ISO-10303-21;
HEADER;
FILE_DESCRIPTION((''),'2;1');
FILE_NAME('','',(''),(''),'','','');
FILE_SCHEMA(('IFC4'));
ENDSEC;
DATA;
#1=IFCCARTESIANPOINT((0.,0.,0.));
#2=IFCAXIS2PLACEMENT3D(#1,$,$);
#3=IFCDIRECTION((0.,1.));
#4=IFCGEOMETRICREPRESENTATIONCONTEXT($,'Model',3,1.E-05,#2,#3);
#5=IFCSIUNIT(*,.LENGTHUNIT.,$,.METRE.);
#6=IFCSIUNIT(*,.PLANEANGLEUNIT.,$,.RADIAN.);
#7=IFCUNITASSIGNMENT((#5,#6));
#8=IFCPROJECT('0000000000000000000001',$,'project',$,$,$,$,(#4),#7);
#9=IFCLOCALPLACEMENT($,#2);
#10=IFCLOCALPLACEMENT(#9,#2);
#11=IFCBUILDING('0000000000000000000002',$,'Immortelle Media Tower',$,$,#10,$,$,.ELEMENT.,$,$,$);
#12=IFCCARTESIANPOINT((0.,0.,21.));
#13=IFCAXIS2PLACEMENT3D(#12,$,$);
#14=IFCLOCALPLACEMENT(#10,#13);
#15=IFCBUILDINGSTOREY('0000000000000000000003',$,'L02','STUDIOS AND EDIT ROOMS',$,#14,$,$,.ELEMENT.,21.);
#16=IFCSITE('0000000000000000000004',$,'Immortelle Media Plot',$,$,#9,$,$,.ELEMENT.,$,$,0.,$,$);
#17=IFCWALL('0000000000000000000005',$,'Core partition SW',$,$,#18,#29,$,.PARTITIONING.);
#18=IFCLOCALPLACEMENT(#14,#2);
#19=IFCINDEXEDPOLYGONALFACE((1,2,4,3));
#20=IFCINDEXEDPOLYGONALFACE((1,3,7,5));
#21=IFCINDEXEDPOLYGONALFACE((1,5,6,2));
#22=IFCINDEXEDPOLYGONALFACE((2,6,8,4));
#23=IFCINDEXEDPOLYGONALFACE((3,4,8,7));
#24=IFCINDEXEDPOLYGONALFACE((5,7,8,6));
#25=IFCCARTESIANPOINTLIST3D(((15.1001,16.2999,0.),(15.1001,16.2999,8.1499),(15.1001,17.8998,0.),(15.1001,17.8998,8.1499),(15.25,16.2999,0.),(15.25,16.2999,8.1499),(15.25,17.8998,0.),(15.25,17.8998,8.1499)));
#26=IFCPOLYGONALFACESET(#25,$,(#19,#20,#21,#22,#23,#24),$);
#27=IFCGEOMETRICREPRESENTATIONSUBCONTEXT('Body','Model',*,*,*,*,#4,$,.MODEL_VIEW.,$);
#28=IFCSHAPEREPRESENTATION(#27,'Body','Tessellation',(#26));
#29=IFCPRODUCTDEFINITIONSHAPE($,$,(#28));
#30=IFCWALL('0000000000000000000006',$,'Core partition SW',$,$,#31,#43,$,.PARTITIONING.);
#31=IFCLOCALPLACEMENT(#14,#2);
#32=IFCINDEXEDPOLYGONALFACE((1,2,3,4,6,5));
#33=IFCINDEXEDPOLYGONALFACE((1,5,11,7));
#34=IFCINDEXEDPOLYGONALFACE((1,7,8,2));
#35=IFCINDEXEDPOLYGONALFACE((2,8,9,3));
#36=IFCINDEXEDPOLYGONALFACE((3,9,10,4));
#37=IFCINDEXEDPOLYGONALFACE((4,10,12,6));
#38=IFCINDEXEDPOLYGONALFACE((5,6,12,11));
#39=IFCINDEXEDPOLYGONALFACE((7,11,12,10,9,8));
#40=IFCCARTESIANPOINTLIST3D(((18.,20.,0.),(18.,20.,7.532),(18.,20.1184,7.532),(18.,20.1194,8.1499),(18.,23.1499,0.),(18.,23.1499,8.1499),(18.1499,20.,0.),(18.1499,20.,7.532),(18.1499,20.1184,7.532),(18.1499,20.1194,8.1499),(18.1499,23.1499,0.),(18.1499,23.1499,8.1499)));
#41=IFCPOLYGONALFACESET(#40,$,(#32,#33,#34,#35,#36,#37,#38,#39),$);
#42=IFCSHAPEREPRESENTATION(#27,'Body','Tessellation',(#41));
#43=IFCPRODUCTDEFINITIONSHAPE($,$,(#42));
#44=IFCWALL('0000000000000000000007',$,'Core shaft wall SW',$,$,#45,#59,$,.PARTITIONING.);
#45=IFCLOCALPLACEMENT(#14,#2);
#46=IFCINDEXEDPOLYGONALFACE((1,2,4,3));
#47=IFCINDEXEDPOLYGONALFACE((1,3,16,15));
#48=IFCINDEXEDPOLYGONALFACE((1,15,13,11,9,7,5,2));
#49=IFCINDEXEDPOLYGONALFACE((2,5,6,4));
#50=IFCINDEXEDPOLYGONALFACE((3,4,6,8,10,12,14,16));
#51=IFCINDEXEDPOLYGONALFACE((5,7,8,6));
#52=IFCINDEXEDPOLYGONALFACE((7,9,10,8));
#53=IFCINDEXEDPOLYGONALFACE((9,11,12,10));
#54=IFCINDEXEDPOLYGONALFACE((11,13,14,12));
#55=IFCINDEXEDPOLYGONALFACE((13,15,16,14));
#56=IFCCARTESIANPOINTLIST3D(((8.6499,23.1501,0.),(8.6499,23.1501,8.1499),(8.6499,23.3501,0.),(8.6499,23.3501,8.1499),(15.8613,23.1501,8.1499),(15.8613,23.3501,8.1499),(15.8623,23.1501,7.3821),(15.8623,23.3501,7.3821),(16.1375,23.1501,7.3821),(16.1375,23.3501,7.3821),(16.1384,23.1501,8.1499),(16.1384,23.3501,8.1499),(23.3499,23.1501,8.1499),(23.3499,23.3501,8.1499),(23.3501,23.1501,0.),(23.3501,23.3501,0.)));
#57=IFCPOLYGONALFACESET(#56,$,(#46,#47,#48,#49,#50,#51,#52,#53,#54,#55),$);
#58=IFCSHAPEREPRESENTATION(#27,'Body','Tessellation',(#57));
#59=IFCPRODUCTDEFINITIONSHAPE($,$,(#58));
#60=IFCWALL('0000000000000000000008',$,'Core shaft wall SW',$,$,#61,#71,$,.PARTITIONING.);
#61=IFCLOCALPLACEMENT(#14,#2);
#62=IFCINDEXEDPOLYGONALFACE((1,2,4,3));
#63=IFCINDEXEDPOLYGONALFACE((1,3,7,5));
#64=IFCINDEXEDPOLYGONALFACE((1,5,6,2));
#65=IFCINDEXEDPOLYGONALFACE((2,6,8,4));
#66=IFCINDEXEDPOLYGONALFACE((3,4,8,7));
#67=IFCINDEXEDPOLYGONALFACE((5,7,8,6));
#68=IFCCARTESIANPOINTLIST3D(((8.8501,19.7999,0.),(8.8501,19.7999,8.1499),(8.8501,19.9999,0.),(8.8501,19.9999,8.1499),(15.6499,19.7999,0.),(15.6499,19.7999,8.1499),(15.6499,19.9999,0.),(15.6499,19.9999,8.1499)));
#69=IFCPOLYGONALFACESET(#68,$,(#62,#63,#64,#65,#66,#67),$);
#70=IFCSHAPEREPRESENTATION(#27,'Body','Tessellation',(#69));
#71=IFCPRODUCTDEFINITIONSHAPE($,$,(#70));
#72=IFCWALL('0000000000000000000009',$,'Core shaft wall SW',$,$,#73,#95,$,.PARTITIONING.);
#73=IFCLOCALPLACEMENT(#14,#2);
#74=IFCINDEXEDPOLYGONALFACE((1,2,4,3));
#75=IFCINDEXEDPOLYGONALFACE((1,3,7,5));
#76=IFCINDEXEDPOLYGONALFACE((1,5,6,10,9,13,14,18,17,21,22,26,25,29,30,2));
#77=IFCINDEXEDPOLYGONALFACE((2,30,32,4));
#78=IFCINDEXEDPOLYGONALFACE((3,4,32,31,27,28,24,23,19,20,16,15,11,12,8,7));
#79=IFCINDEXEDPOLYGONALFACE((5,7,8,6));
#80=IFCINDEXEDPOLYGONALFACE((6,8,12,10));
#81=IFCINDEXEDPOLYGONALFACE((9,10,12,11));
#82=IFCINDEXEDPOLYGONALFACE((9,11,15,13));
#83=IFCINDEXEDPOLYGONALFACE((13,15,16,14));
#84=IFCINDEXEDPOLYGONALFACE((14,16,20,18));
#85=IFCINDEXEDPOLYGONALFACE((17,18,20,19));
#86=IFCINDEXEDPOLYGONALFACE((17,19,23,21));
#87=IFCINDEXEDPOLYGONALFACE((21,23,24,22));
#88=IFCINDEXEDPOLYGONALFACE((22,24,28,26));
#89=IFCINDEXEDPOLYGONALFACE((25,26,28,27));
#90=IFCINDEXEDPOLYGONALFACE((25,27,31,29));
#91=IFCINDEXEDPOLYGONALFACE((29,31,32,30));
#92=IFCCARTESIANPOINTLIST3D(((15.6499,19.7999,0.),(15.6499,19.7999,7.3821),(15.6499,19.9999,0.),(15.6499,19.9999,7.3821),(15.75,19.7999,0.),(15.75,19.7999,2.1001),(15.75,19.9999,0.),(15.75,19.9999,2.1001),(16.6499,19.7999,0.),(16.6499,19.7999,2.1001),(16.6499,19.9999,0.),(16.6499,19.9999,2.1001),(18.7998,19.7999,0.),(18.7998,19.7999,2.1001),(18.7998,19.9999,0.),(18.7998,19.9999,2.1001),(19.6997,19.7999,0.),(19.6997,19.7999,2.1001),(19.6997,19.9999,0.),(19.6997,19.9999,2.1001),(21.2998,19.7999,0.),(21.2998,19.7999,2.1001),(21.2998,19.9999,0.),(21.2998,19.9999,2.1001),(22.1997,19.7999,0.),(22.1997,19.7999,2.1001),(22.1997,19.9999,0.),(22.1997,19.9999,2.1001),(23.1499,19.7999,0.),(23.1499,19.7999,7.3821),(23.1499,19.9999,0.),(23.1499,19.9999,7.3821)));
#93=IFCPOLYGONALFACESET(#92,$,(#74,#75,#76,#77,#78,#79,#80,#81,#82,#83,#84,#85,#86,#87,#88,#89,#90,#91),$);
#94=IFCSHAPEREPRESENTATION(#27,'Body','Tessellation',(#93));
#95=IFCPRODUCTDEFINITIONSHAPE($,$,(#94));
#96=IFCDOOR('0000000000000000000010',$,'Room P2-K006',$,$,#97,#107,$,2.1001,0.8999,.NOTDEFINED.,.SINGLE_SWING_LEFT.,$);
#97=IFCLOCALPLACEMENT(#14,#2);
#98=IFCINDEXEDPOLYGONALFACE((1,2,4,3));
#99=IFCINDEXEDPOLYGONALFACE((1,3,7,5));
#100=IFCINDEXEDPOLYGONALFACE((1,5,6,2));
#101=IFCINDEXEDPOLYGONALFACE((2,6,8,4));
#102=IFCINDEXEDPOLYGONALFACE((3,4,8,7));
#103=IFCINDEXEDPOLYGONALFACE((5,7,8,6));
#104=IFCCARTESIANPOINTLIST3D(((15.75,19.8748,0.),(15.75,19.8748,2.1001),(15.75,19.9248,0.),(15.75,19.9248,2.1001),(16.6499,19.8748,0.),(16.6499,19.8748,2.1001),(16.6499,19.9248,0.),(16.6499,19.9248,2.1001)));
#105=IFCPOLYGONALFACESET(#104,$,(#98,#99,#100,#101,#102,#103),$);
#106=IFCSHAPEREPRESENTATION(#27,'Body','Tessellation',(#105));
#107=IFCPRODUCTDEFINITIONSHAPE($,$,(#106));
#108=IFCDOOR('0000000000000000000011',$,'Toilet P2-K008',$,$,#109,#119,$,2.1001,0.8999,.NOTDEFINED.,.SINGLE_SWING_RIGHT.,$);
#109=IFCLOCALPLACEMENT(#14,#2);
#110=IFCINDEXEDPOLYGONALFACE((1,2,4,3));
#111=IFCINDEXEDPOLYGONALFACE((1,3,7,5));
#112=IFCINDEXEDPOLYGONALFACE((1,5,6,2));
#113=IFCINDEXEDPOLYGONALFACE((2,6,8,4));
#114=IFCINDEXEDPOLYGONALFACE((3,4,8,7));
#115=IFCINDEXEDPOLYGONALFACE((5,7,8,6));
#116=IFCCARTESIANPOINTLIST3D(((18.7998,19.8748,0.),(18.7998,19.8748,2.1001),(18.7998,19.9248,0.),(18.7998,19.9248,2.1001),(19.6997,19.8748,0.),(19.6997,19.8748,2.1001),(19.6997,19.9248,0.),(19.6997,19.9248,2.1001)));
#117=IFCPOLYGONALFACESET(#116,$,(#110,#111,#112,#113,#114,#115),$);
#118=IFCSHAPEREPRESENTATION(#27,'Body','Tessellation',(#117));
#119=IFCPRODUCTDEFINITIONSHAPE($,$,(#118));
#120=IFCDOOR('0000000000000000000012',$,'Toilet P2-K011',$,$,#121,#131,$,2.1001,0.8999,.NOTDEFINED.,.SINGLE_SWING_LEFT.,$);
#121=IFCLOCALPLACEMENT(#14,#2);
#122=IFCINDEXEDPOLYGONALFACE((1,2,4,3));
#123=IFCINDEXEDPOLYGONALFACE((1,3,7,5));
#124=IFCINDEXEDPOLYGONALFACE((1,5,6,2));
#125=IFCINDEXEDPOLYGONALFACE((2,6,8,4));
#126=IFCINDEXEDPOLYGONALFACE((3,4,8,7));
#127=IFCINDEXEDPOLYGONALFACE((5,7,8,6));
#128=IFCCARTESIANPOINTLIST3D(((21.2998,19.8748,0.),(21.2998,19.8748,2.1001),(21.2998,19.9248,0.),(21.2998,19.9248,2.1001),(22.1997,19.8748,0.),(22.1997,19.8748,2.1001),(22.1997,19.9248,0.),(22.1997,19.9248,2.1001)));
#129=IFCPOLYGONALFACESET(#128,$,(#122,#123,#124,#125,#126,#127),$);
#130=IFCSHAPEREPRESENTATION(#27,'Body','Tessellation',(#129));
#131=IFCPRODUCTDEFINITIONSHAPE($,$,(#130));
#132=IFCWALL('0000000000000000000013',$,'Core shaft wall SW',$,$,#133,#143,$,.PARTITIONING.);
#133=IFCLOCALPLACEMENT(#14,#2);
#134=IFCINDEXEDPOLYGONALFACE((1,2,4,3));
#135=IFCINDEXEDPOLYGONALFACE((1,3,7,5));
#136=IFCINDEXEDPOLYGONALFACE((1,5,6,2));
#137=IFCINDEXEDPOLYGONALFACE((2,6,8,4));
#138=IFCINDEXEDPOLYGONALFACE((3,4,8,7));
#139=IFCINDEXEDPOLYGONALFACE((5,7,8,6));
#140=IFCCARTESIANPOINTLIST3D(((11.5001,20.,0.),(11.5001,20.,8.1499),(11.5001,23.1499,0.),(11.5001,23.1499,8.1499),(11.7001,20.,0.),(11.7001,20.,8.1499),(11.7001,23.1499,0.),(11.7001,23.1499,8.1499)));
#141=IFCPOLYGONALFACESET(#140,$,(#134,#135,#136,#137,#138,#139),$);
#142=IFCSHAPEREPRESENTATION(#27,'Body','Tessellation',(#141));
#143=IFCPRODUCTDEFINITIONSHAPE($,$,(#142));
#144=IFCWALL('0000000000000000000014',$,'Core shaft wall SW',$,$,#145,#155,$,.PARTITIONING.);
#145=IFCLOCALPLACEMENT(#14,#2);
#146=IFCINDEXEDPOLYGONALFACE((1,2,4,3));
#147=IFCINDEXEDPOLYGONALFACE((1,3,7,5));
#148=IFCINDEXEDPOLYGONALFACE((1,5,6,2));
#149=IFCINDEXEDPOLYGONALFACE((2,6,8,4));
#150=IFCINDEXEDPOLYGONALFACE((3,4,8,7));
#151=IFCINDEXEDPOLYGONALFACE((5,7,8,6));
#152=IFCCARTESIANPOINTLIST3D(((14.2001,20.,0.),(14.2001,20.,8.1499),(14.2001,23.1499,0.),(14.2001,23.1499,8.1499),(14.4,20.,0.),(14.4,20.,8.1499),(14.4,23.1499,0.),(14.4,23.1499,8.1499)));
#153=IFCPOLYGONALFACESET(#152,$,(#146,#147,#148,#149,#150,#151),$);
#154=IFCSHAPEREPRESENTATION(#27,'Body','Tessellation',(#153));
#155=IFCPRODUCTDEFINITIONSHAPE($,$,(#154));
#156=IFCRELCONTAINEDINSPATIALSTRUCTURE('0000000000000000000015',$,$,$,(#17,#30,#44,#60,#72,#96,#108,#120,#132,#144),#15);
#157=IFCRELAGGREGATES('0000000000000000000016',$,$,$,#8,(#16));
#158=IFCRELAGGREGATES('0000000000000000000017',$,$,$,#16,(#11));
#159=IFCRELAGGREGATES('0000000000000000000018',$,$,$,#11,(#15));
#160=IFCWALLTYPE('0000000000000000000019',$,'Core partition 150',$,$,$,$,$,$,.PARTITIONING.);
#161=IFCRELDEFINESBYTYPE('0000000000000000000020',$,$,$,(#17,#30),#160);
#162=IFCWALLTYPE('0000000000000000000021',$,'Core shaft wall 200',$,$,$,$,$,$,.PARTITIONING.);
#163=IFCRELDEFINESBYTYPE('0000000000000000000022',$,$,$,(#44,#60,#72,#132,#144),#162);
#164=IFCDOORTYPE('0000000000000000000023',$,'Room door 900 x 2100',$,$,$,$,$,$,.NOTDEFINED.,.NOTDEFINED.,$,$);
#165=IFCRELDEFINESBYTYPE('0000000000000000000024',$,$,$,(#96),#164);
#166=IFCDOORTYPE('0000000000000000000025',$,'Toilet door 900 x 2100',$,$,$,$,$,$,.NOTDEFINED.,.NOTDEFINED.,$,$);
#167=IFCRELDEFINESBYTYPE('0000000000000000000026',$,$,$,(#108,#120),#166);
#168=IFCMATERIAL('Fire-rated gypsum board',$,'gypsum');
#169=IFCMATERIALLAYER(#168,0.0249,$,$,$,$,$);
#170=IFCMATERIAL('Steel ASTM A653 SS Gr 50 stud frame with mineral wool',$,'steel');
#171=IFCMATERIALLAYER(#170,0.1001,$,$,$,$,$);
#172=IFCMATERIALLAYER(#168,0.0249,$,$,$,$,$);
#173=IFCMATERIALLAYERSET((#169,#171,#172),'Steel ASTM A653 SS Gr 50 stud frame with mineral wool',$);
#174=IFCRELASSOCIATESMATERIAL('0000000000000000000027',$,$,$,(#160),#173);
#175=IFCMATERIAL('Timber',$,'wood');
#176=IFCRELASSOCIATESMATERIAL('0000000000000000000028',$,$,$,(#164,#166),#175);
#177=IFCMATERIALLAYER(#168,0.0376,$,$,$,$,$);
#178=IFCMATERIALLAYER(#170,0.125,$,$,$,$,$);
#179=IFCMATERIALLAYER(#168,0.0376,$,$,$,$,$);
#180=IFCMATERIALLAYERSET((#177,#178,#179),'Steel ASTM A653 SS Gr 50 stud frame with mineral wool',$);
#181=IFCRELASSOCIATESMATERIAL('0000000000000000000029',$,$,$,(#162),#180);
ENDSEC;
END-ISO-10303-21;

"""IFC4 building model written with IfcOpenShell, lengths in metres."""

from ifc_helpers import new_model, si_unit, direction, frame, frame_2d, origin, place, context, subcontext, project, spatial, polyline, rectangle, outline, extrude, material, layer, layer_set, type_object, element, fill, save


model = new_model("IFC4")

# Units and contexts
model_context = context("Model", 3, precision=1e-05, world=origin(), true_north=direction((0.0, 1.0)))
body_context = subcontext(model_context, "Body", "Model", "MODEL_VIEW")
ifc_project = project(units=[si_unit("LENGTHUNIT", "METRE"), si_unit("PLANEANGLEUNIT", "RADIAN")], contexts=[model_context])

# Site, building, storey
site_placement = place(None, origin())
site = spatial("IfcSite", under=ifc_project, at=site_placement, Name="Immortelle Media Plot", CompositionType="ELEMENT", RefElevation=0.0)
building_placement = place(site_placement, origin())
building = spatial("IfcBuilding", under=site, at=building_placement, Name="Immortelle Media Tower", CompositionType="ELEMENT")
storey_placement = place(building_placement, frame((0.0, 0.0, 21.0)))
storey = spatial("IfcBuildingStorey", under=building, at=storey_placement, Name="L02", Description="STUDIOS AND EDIT ROOMS", CompositionType="ELEMENT", Elevation=21.0)

# Shared definitions
ifc_material_1 = material(Name="Fire-rated gypsum board", Category="gypsum")
ifc_layer_1 = layer(ifc_material_1, 0.0249)
ifc_material_2 = material(Name="Steel ASTM A653 SS Gr 50 stud frame with mineral wool", Category="steel")
ifc_layer_2 = layer(ifc_material_2, 0.1001)
ifc_layer_3 = layer(ifc_material_1, 0.0249)
ifc_layer_set_1 = layer_set([ifc_layer_1, ifc_layer_2, ifc_layer_3], Name="Steel ASTM A653 SS Gr 50 stud frame with mineral wool")
wall_type_1 = type_object("IfcWallType", Name="Core partition 150", PredefinedType="PARTITIONING", material=ifc_layer_set_1)

# Shared definitions
ifc_material_3 = material(Name="Timber", Category="wood")
door_type_1 = type_object("IfcDoorType", Name="Room door 900 x 2100", OperationType="NOTDEFINED", PredefinedType="NOTDEFINED", material=ifc_material_3)

# Walls
wall_1_placement = place(storey_placement, frame((15.175, 16.3, 0.0), z_axis=(0.0, 0.0, 1.0), x_axis=(0.0, 1.0, 0.0)))
element("IfcWall", 1, at=wall_1_placement, inside=storey, type_object=wall_type_1, Name="Core partition SW", PredefinedType="PARTITIONING", context=body_context, shape_type="SweptSolid", body=[
    extrude(rectangle(XDim=1.5999, YDim=0.1499, at=frame_2d((0.7998, 0.0))), origin(), (0.0, 0.0, 1.0), 8.1499),
])
wall_2_placement = place(storey_placement, frame((18.075, 20.0, 0.0), z_axis=(0.0, 0.0, 1.0), x_axis=(0.0, 1.0, 0.0)))
element("IfcWall", 2, at=wall_2_placement, inside=storey, type_object=wall_type_1, Name="Core partition SW", PredefinedType="PARTITIONING", context=body_context, shape_type="SweptSolid", body=[
    extrude(outline(polyline([(0.0, 0.0), (3.1499, 0.0), (3.1499, 8.1499), (0.1194, 8.1499), (0.1184, 7.532), (0.0, 7.532), (0.0, 0.0)])), frame((0.0, 0.075, 0.0), z_axis=(0.0, -1.0, 0.0), x_axis=(1.0, 0.0, 0.0)), (0.0, 0.0, 1.0), 0.1499),
])
ifc_layer_4 = layer(ifc_material_1, 0.0376)
ifc_layer_5 = layer(ifc_material_2, 0.125)
ifc_layer_6 = layer(ifc_material_1, 0.0376)
ifc_layer_set_2 = layer_set([ifc_layer_4, ifc_layer_5, ifc_layer_6], Name="Steel ASTM A653 SS Gr 50 stud frame with mineral wool")
wall_type_2 = type_object("IfcWallType", Name="Core shaft wall 200", PredefinedType="PARTITIONING", material=ifc_layer_set_2)
wall_3_placement = place(storey_placement, frame((8.6499, 23.25, 0.0), z_axis=(0.0, 0.0, 1.0), x_axis=(1.0, 0.0, 0.0)))
element("IfcWall", 3, at=wall_3_placement, inside=storey, type_object=wall_type_2, Name="Core shaft wall SW", PredefinedType="PARTITIONING", context=body_context, shape_type="SweptSolid", body=[
    extrude(outline(polyline([(0.0, 0.0), (14.7002, 0.0), (14.7, 8.1499), (7.4885, 8.1499), (7.4875, 7.3821), (7.2124, 7.3821), (7.2114, 8.1499), (0.0, 8.1499), (0.0, 0.0)])), frame((0.0, 0.1001, 0.0), z_axis=(0.0, -1.0, 0.0), x_axis=(1.0, 0.0, 0.0)), (0.0, 0.0, 1.0), 0.2),
])
wall_4_placement = place(storey_placement, frame((8.8501, 19.8999, 0.0), z_axis=(0.0, 0.0, 1.0), x_axis=(1.0, 0.0, 0.0)))
element("IfcWall", 4, at=wall_4_placement, inside=storey, type_object=wall_type_2, Name="Core shaft wall SW", PredefinedType="PARTITIONING", context=body_context, shape_type="SweptSolid", body=[
    extrude(rectangle(XDim=6.7998, YDim=0.2, at=frame_2d((3.3999, 0.0))), origin(), (0.0, 0.0, 1.0), 8.1499),
])

# Wall, openings, doors
wall_5_placement = place(storey_placement, frame((15.6499, 19.8999, 0.0), z_axis=(0.0, 0.0, 1.0), x_axis=(1.0, 0.0, 0.0)))
wall_5 = element("IfcWall", 5, at=wall_5_placement, inside=storey, type_object=wall_type_2, Name="Core shaft wall SW", PredefinedType="PARTITIONING", context=body_context, shape_type="SweptSolid", body=[
    extrude(rectangle(XDim=7.5, YDim=0.2, at=frame_2d((3.75, 0.0))), origin(), (0.0, 0.0, 1.0), 7.3821),
])
opening_1_placement = place(wall_5_placement, frame((0.1001, 0.0, 0.0)))
opening_1 = element("IfcOpeningElement", 6, at=opening_1_placement, cuts=wall_5, PredefinedType="OPENING", context=body_context, shape_type="SweptSolid", body=[
    extrude(rectangle(XDim=0.8999, YDim=2.1001, at=frame_2d((0.45, 1.05))), frame((0.0, 0.1099, 0.0), z_axis=(0.0, -1.0, 0.0), x_axis=(1.0, 0.0, 0.0)), (0.0, 0.0, 1.0), 0.22),
])
opening_2_placement = place(wall_5_placement, frame((3.1499, 0.0, 0.0)))
opening_2 = element("IfcOpeningElement", 7, at=opening_2_placement, cuts=wall_5, PredefinedType="OPENING", context=body_context, shape_type="SweptSolid", body=[
    extrude(rectangle(XDim=0.8999, YDim=2.1001, at=frame_2d((0.45, 1.05))), frame((0.0, 0.1099, 0.0), z_axis=(0.0, -1.0, 0.0), x_axis=(1.0, 0.0, 0.0)), (0.0, 0.0, 1.0), 0.22),
])
opening_3_placement = place(wall_5_placement, frame((5.6499, 0.0, 0.0)))
opening_3 = element("IfcOpeningElement", 8, at=opening_3_placement, cuts=wall_5, PredefinedType="OPENING", context=body_context, shape_type="SweptSolid", body=[
    extrude(rectangle(XDim=0.8999, YDim=2.1001, at=frame_2d((0.45, 1.05))), frame((0.0, 0.1099, 0.0), z_axis=(0.0, -1.0, 0.0), x_axis=(1.0, 0.0, 0.0)), (0.0, 0.0, 1.0), 0.22),
])
door_1_placement = place(opening_1_placement, origin())
door_1 = element("IfcDoor", 9, at=door_1_placement, inside=storey, type_object=door_type_1, Name="Room P2-K006", OperationType="SINGLE_SWING_LEFT", OverallHeight=2.1001, OverallWidth=0.8999, PredefinedType="NOTDEFINED", context=body_context, shape_type="SweptSolid", body=[
    extrude(rectangle(XDim=0.8999, YDim=2.1001, at=frame_2d((0.45, 1.05))), frame((0.0, 0.0249, 0.0), z_axis=(0.0, -1.0, 0.0), x_axis=(1.0, 0.0, 0.0)), (0.0, 0.0, 1.0), 0.05),
])
fill(opening_1, door_1)
door_type_2 = type_object("IfcDoorType", Name="Toilet door 900 x 2100", OperationType="NOTDEFINED", PredefinedType="NOTDEFINED", material=ifc_material_3)
door_2_placement = place(opening_2_placement, origin())
door_2 = element("IfcDoor", 10, at=door_2_placement, inside=storey, type_object=door_type_2, Name="Toilet P2-K008", OperationType="SINGLE_SWING_RIGHT", OverallHeight=2.1001, OverallWidth=0.8999, PredefinedType="NOTDEFINED", context=body_context, shape_type="SweptSolid", body=[
    extrude(rectangle(XDim=0.8999, YDim=2.1001, at=frame_2d((0.45, 1.05))), frame((0.0, 0.0249, 0.0), z_axis=(0.0, -1.0, 0.0), x_axis=(1.0, 0.0, 0.0)), (0.0, 0.0, 1.0), 0.05),
])
fill(opening_2, door_2)
door_3_placement = place(opening_3_placement, origin())
door_3 = element("IfcDoor", 11, at=door_3_placement, inside=storey, type_object=door_type_2, Name="Toilet P2-K011", OperationType="SINGLE_SWING_LEFT", OverallHeight=2.1001, OverallWidth=0.8999, PredefinedType="NOTDEFINED", context=body_context, shape_type="SweptSolid", body=[
    extrude(rectangle(XDim=0.8999, YDim=2.1001, at=frame_2d((0.45, 1.05))), frame((0.0, 0.0249, 0.0), z_axis=(0.0, -1.0, 0.0), x_axis=(1.0, 0.0, 0.0)), (0.0, 0.0, 1.0), 0.05),
])
fill(opening_3, door_3)

# Walls
for number, where, z_axis, x_axis, name in (
    (12, (11.6001, 20.0, 0.0), (0.0, 0.0, 1.0), (0.0, 1.0, 0.0), "Core shaft wall SW"),
    (13, (14.3, 20.0, 0.0), (0.0, 0.0, 1.0), (0.0, 1.0, 0.0), "Core shaft wall SW"),
):
    element("IfcWall", number, at=place(storey_placement, frame(where, z_axis=z_axis, x_axis=x_axis)), inside=storey, type_object=wall_type_2, Name=name, PredefinedType="PARTITIONING", context=body_context, shape_type="SweptSolid", body=[
        extrude(rectangle(XDim=3.1499, YDim=0.2, at=frame_2d((1.575, 0.0))), origin(), (0.0, 0.0, 1.0), 8.1499),
    ])

save(model, "model.ifc")
